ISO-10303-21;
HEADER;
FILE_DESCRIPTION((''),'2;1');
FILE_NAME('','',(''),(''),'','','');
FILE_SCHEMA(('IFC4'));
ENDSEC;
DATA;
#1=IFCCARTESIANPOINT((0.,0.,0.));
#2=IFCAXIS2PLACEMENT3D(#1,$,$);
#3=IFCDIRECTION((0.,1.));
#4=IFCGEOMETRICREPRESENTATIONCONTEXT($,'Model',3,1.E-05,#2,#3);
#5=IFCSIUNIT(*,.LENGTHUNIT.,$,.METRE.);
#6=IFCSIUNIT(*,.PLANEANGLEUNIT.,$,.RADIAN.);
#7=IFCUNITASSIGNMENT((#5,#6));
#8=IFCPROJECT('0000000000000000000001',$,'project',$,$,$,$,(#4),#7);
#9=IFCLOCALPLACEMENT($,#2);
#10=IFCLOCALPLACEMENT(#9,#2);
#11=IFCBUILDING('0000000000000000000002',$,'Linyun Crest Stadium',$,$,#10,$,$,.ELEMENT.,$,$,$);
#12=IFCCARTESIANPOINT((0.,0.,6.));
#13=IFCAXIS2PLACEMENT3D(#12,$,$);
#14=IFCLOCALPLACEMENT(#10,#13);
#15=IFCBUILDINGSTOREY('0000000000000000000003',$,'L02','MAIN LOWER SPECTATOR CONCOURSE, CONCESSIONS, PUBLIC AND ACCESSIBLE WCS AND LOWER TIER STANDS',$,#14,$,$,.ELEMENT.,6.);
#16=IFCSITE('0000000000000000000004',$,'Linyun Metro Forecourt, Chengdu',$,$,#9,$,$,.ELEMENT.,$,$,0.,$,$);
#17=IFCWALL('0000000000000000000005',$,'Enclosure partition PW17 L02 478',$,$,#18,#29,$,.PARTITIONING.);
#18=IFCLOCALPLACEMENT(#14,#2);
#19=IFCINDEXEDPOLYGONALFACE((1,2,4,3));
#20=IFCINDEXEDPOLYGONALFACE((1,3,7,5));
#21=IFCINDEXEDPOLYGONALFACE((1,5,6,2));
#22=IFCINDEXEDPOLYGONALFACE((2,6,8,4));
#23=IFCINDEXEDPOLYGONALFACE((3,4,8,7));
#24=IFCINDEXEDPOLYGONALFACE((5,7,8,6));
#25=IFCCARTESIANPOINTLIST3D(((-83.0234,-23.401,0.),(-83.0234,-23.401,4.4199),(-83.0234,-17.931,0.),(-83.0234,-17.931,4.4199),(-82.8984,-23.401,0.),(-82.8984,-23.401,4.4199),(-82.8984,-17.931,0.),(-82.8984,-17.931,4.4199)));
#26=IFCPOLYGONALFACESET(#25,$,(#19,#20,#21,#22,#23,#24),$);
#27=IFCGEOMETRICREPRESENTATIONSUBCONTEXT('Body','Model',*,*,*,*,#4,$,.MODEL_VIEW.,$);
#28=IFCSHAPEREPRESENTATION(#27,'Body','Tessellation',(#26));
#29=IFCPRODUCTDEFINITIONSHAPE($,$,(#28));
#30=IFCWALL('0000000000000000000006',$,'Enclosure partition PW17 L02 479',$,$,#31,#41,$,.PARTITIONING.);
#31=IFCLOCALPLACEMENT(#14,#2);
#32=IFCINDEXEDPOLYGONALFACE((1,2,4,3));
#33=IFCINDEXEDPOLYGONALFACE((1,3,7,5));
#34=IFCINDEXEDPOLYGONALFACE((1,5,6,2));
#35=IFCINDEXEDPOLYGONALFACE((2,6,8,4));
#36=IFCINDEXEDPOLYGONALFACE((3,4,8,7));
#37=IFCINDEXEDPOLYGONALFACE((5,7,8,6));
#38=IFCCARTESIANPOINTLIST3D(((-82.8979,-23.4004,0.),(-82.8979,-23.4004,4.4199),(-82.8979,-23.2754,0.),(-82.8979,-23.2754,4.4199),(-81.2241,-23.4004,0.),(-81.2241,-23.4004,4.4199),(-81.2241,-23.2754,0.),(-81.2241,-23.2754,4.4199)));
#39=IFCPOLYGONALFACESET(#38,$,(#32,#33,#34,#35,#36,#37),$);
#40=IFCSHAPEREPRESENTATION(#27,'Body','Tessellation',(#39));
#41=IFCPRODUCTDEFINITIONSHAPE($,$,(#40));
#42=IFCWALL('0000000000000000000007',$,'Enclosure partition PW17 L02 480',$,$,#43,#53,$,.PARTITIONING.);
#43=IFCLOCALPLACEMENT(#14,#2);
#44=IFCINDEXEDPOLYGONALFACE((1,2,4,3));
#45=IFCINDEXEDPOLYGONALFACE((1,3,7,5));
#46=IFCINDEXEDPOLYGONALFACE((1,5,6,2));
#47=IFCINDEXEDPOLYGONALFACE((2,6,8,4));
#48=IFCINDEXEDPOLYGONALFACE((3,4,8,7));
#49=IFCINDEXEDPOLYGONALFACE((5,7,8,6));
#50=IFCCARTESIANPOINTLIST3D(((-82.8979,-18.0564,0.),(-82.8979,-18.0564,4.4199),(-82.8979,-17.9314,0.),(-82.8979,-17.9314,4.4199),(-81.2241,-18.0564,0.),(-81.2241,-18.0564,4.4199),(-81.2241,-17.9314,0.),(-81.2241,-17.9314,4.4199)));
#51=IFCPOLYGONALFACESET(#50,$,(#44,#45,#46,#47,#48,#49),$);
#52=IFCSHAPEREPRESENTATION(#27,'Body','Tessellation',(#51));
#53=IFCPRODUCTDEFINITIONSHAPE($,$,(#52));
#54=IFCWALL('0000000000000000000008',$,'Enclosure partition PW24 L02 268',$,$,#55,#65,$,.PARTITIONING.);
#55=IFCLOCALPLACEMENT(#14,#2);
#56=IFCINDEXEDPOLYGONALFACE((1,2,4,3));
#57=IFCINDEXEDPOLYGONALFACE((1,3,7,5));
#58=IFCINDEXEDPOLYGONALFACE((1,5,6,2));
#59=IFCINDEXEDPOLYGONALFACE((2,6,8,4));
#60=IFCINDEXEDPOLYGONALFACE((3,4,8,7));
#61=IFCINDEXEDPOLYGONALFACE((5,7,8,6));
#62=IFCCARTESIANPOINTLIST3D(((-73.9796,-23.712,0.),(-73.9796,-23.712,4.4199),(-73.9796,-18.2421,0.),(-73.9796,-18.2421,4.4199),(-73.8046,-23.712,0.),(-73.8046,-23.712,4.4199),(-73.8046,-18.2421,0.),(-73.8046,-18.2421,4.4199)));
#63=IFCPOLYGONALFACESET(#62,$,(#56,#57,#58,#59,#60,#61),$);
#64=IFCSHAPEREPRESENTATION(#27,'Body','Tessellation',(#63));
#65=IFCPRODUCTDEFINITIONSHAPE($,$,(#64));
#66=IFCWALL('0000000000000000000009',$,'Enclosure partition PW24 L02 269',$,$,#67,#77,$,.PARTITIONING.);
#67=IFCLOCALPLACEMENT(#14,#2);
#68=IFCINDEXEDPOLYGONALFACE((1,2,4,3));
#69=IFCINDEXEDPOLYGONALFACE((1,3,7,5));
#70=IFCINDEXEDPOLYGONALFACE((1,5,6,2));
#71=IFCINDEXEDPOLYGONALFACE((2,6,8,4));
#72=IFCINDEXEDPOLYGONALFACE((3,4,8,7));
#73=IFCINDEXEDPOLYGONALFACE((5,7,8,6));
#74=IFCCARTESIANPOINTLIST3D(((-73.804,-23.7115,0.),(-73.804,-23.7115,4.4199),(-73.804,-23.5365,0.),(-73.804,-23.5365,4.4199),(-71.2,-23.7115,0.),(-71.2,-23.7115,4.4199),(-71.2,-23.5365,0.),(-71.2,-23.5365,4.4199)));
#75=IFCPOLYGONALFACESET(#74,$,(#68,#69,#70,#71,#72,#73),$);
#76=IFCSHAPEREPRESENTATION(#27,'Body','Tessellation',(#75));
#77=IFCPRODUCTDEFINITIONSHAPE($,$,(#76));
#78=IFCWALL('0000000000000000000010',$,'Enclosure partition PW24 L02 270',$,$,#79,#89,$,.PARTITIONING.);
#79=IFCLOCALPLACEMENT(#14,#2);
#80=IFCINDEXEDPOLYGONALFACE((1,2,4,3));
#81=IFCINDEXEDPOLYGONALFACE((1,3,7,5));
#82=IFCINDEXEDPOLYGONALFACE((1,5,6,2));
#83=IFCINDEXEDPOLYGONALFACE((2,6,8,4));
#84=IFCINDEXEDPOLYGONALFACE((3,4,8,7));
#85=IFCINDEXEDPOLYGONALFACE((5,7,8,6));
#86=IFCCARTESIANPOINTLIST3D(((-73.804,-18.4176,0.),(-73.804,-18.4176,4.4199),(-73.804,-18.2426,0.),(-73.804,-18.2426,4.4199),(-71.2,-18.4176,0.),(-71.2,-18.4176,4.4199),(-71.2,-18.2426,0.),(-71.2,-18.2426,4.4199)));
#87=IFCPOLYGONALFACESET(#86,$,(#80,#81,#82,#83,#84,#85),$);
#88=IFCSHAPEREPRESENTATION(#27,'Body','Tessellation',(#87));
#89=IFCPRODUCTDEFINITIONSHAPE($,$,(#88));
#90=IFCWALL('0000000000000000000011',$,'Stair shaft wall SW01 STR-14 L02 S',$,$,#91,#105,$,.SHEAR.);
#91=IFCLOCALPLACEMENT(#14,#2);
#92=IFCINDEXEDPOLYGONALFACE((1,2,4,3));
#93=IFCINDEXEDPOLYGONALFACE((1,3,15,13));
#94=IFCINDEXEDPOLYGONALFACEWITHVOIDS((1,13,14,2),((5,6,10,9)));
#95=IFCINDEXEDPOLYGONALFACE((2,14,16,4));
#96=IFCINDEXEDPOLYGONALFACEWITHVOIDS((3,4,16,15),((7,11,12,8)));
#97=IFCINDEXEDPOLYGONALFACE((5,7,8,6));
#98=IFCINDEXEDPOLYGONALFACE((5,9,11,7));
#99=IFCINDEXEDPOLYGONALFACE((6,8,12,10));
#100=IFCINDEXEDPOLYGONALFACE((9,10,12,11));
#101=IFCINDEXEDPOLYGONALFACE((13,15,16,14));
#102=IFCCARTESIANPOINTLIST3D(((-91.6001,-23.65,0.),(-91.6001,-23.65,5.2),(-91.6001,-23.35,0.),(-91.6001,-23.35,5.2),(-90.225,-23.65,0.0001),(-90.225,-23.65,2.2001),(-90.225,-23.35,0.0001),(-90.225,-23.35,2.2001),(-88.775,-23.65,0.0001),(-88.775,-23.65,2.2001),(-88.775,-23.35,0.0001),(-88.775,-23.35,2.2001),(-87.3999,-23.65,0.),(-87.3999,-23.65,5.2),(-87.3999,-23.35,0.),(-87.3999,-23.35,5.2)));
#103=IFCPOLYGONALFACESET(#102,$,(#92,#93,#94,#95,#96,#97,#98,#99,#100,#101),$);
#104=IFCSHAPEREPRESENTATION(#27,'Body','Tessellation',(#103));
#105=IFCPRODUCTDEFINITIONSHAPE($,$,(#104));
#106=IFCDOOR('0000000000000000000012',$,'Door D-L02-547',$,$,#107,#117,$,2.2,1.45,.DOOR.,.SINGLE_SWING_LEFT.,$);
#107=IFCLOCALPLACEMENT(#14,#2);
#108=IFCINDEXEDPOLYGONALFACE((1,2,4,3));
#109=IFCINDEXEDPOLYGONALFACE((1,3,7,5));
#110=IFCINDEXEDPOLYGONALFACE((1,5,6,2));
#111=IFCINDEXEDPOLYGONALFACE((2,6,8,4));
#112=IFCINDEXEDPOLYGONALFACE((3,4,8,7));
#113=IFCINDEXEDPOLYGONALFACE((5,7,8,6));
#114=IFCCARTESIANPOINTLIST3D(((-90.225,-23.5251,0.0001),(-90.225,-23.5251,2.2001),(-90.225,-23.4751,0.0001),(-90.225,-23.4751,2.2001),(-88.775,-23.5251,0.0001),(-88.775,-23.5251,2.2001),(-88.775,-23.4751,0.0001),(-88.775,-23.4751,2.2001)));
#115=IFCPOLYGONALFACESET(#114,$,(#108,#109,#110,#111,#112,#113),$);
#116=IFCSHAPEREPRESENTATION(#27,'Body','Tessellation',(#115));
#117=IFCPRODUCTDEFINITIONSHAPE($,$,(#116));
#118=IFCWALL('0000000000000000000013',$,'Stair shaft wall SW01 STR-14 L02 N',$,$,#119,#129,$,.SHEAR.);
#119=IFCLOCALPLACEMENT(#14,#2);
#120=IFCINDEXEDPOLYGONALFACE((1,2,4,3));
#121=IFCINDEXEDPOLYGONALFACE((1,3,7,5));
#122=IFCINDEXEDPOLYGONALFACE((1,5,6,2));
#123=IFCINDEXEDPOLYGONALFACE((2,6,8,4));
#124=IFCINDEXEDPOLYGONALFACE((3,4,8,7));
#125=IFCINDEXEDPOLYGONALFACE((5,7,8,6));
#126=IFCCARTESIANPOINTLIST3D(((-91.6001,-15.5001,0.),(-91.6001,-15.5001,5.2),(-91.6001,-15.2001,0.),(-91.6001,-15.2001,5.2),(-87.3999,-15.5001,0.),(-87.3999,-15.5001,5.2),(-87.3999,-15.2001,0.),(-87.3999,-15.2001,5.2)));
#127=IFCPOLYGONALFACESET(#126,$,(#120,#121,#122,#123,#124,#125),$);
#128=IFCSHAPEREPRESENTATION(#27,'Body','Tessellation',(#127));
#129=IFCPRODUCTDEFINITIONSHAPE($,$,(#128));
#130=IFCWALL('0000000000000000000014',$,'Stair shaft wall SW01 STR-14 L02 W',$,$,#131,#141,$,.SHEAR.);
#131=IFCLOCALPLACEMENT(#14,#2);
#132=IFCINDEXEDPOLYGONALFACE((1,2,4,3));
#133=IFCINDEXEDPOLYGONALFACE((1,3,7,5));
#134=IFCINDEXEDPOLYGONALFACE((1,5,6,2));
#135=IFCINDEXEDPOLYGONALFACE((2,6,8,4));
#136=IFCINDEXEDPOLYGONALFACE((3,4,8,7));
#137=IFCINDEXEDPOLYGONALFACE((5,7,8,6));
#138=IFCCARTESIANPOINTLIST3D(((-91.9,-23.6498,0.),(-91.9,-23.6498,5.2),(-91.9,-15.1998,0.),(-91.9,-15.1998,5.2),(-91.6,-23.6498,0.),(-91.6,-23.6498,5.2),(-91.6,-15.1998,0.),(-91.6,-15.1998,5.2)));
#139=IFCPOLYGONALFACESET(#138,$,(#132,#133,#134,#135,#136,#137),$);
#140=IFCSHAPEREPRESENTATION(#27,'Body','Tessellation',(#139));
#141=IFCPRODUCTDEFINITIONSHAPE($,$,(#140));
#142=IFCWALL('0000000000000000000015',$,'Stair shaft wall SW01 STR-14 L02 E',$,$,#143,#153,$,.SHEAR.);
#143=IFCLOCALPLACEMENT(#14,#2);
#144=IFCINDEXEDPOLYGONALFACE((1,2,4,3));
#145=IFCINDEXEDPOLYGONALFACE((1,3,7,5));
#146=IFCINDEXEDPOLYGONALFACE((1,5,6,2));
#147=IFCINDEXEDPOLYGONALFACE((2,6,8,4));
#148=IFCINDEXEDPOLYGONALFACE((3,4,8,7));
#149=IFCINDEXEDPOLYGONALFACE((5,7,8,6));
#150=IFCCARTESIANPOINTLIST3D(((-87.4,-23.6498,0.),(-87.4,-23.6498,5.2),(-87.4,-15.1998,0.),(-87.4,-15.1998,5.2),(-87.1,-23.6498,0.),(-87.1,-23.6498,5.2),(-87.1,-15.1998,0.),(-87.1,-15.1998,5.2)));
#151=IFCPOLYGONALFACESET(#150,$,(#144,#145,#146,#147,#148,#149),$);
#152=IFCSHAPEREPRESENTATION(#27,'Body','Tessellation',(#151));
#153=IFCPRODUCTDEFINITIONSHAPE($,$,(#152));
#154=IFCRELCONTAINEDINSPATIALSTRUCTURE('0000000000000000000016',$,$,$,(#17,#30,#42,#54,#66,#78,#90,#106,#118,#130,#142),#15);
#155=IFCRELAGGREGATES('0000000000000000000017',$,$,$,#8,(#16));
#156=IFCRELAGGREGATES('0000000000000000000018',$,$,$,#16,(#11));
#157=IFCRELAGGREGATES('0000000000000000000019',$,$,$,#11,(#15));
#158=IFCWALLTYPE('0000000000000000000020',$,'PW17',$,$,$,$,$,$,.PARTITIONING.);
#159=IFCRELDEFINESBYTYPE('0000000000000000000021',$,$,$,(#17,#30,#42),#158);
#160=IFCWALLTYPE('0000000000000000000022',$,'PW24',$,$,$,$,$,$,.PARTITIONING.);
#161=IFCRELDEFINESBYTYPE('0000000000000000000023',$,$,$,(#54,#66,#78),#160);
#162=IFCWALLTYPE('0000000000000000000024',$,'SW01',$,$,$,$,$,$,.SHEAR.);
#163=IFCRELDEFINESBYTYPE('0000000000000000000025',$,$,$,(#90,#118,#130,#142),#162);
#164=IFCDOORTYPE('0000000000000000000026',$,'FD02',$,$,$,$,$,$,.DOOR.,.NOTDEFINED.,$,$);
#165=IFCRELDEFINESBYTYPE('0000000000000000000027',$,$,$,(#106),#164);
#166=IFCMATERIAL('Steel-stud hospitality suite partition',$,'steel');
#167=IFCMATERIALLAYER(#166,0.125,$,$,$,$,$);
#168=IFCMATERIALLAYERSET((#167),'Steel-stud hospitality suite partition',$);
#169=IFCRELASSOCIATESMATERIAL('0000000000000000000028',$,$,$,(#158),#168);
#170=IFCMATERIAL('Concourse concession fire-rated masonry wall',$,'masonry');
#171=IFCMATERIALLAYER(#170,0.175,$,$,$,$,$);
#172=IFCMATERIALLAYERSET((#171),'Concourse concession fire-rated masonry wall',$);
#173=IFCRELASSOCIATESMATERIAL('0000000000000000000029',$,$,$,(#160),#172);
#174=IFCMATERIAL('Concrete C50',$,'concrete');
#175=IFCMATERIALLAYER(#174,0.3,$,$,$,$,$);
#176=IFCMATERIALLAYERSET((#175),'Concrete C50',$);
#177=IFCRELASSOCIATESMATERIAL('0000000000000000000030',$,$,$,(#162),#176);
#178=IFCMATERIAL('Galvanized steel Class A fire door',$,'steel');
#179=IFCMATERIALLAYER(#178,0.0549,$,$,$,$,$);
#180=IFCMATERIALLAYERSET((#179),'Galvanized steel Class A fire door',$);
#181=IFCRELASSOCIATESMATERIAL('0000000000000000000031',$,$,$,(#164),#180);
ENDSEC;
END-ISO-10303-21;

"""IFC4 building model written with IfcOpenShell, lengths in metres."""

from ifc_helpers import new_model, si_unit, direction, frame, frame_2d, origin, place, context, subcontext, project, spatial, rectangle, extrude, material, layer, layer_set, type_object, element, fill, save


model = new_model("IFC4")

# Units and contexts
model_context = context("Model", 3, precision=1e-05, world=origin(), true_north=direction((0.0, 1.0)))
body_context = subcontext(model_context, "Body", "Model", "MODEL_VIEW")
ifc_project = project(units=[si_unit("LENGTHUNIT", "METRE"), si_unit("PLANEANGLEUNIT", "RADIAN")], contexts=[model_context])

# Site, building, storey
site_placement = place(None, origin())
site = spatial("IfcSite", under=ifc_project, at=site_placement, Name="Linyun Metro Forecourt, Chengdu", CompositionType="ELEMENT", RefElevation=0.0)
building_placement = place(site_placement, origin())
building = spatial("IfcBuilding", under=site, at=building_placement, Name="Linyun Crest Stadium", CompositionType="ELEMENT")
storey_placement = place(building_placement, frame((0.0, 0.0, 6.0)))
storey = spatial("IfcBuildingStorey", under=building, at=storey_placement, Name="L02", Description="MAIN LOWER SPECTATOR CONCOURSE, CONCESSIONS, PUBLIC AND ACCESSIBLE WCS AND LOWER TIER STANDS", CompositionType="ELEMENT", Elevation=6.0)

# Shared definitions
ifc_material_1 = material(Name="Steel-stud hospitality suite partition", Category="steel")
ifc_layer_1 = layer(ifc_material_1, 0.125)
ifc_layer_set_1 = layer_set([ifc_layer_1], Name="Steel-stud hospitality suite partition")
wall_type_1 = type_object("IfcWallType", Name="PW17", PredefinedType="PARTITIONING", material=ifc_layer_set_1)

# Walls
wall_1_placement = place(storey_placement, frame((-82.9609, -23.4009, 0.0), z_axis=(0.0, 0.0, 1.0), x_axis=(0.0, 1.0, 0.0)))
element("IfcWall", 1, at=wall_1_placement, inside=storey, type_object=wall_type_1, Name="Enclosure partition PW17 L02 478", PredefinedType="PARTITIONING", context=body_context, shape_type="SweptSolid", body=[
    extrude(rectangle(XDim=5.47, YDim=0.125, at=frame_2d((2.7349, 0.0))), origin(), (0.0, 0.0, 1.0), 4.4199),
])
for number, where, z_axis, x_axis, name in (
    (2, (-82.8979, -23.3379, 0.0), (0.0, 0.0, 1.0), (1.0, 0.0, 0.0), "Enclosure partition PW17 L02 479"),
    (3, (-82.8979, -17.9939, 0.0), (0.0, 0.0, 1.0), (1.0, 0.0, 0.0), "Enclosure partition PW17 L02 480"),
):
    element("IfcWall", number, at=place(storey_placement, frame(where, z_axis=z_axis, x_axis=x_axis)), inside=storey, type_object=wall_type_1, Name=name, PredefinedType="PARTITIONING", context=body_context, shape_type="SweptSolid", body=[
        extrude(rectangle(XDim=1.6738, YDim=0.125, at=frame_2d((0.8369, 0.0))), origin(), (0.0, 0.0, 1.0), 4.4199),
    ])
ifc_material_2 = material(Name="Concourse concession fire-rated masonry wall", Category="masonry")
ifc_layer_2 = layer(ifc_material_2, 0.175)
ifc_layer_set_2 = layer_set([ifc_layer_2], Name="Concourse concession fire-rated masonry wall")
wall_type_2 = type_object("IfcWallType", Name="PW24", PredefinedType="PARTITIONING", material=ifc_layer_set_2)
wall_2_placement = place(storey_placement, frame((-73.8921, -23.7119, 0.0), z_axis=(0.0, 0.0, 1.0), x_axis=(0.0, 1.0, 0.0)))
element("IfcWall", 4, at=wall_2_placement, inside=storey, type_object=wall_type_2, Name="Enclosure partition PW24 L02 268", PredefinedType="PARTITIONING", context=body_context, shape_type="SweptSolid", body=[
    extrude(rectangle(XDim=5.47, YDim=0.175, at=frame_2d((2.7349, 0.0))), origin(), (0.0, 0.0, 1.0), 4.4199),
])
for number, where, z_axis, x_axis, name in (
    (5, (-73.804, -23.624, 0.0), (0.0, 0.0, 1.0), (1.0, 0.0, 0.0), "Enclosure partition PW24 L02 269"),
    (6, (-73.804, -18.3301, 0.0), (0.0, 0.0, 1.0), (1.0, 0.0, 0.0), "Enclosure partition PW24 L02 270"),
):
    element("IfcWall", number, at=place(storey_placement, frame(where, z_axis=z_axis, x_axis=x_axis)), inside=storey, type_object=wall_type_2, Name=name, PredefinedType="PARTITIONING", context=body_context, shape_type="SweptSolid", body=[
        extrude(rectangle(XDim=2.604, YDim=0.175, at=frame_2d((1.302, 0.0))), origin(), (0.0, 0.0, 1.0), 4.4199),
    ])

# Wall, opening, door
ifc_material_3 = material(Name="Concrete C50", Category="concrete")
ifc_layer_3 = layer(ifc_material_3, 0.3)
ifc_layer_set_3 = layer_set([ifc_layer_3], Name="Concrete C50")
wall_type_3 = type_object("IfcWallType", Name="SW01", PredefinedType="SHEAR", material=ifc_layer_set_3)
wall_3_placement = place(storey_placement, frame((-91.6001, -23.5, 0.0), z_axis=(0.0, 0.0, 1.0), x_axis=(1.0, 0.0, 0.0)))
wall_3 = element("IfcWall", 7, at=wall_3_placement, inside=storey, type_object=wall_type_3, Name="Stair shaft wall SW01 STR-14 L02 S", PredefinedType="SHEAR", context=body_context, shape_type="SweptSolid", body=[
    extrude(rectangle(XDim=4.2002, YDim=0.3, at=frame_2d((2.1001, 0.0))), origin(), (0.0, 0.0, 1.0), 5.2),
])
opening_1_placement = place(wall_3_placement, frame((1.375, 0.0, 0.0)))
opening_1 = element("IfcOpeningElement", 8, at=opening_1_placement, cuts=wall_3, PredefinedType="OPENING", context=body_context, shape_type="SweptSolid", body=[
    extrude(rectangle(XDim=1.45, YDim=2.2, at=frame_2d((0.7251, 1.1001))), frame((0.0, 0.1599, 0.0), z_axis=(0.0, -1.0, 0.0), x_axis=(1.0, 0.0, 0.0)), (0.0, 0.0, 1.0), 0.3201),
])
ifc_material_4 = material(Name="Galvanized steel Class A fire door", Category="steel")
ifc_layer_4 = layer(ifc_material_4, 0.0549)
ifc_layer_set_4 = layer_set([ifc_layer_4], Name="Galvanized steel Class A fire door")
door_type_1 = type_object("IfcDoorType", Name="FD02", OperationType="NOTDEFINED", PredefinedType="DOOR", material=ifc_layer_set_4)
door_1_placement = place(opening_1_placement, origin())
door_1 = element("IfcDoor", 9, at=door_1_placement, inside=storey, type_object=door_type_1, Name="Door D-L02-547", OperationType="SINGLE_SWING_LEFT", OverallHeight=2.2, OverallWidth=1.45, PredefinedType="DOOR", context=body_context, shape_type="SweptSolid", body=[
    extrude(rectangle(XDim=1.45, YDim=2.2, at=frame_2d((0.7251, 1.1001))), frame((0.0, 0.0249, 0.0), z_axis=(0.0, -1.0, 0.0), x_axis=(1.0, 0.0, 0.0)), (0.0, 0.0, 1.0), 0.05),
])
fill(opening_1, door_1)

# Walls
wall_4_placement = place(storey_placement, frame((-91.6001, -15.3501, 0.0), z_axis=(0.0, 0.0, 1.0), x_axis=(1.0, 0.0, 0.0)))
element("IfcWall", 10, at=wall_4_placement, inside=storey, type_object=wall_type_3, Name="Stair shaft wall SW01 STR-14 L02 N", PredefinedType="SHEAR", context=body_context, shape_type="SweptSolid", body=[
    extrude(rectangle(XDim=4.2002, YDim=0.3, at=frame_2d((2.1001, 0.0))), origin(), (0.0, 0.0, 1.0), 5.2),
])
for number, where, z_axis, x_axis, name in (
    (11, (-91.75, -23.6499, 0.0), (0.0, 0.0, 1.0), (0.0, 1.0, 0.0), "Stair shaft wall SW01 STR-14 L02 W"),
    (12, (-87.25, -23.6499, 0.0), (0.0, 0.0, 1.0), (0.0, 1.0, 0.0), "Stair shaft wall SW01 STR-14 L02 E"),
):
    element("IfcWall", number, at=place(storey_placement, frame(where, z_axis=z_axis, x_axis=x_axis)), inside=storey, type_object=wall_type_3, Name=name, PredefinedType="SHEAR", context=body_context, shape_type="SweptSolid", body=[
        extrude(rectangle(XDim=8.45, YDim=0.3, at=frame_2d((4.2251, 0.0))), origin(), (0.0, 0.0, 1.0), 5.2),
    ])

save(model, "model.ifc")
